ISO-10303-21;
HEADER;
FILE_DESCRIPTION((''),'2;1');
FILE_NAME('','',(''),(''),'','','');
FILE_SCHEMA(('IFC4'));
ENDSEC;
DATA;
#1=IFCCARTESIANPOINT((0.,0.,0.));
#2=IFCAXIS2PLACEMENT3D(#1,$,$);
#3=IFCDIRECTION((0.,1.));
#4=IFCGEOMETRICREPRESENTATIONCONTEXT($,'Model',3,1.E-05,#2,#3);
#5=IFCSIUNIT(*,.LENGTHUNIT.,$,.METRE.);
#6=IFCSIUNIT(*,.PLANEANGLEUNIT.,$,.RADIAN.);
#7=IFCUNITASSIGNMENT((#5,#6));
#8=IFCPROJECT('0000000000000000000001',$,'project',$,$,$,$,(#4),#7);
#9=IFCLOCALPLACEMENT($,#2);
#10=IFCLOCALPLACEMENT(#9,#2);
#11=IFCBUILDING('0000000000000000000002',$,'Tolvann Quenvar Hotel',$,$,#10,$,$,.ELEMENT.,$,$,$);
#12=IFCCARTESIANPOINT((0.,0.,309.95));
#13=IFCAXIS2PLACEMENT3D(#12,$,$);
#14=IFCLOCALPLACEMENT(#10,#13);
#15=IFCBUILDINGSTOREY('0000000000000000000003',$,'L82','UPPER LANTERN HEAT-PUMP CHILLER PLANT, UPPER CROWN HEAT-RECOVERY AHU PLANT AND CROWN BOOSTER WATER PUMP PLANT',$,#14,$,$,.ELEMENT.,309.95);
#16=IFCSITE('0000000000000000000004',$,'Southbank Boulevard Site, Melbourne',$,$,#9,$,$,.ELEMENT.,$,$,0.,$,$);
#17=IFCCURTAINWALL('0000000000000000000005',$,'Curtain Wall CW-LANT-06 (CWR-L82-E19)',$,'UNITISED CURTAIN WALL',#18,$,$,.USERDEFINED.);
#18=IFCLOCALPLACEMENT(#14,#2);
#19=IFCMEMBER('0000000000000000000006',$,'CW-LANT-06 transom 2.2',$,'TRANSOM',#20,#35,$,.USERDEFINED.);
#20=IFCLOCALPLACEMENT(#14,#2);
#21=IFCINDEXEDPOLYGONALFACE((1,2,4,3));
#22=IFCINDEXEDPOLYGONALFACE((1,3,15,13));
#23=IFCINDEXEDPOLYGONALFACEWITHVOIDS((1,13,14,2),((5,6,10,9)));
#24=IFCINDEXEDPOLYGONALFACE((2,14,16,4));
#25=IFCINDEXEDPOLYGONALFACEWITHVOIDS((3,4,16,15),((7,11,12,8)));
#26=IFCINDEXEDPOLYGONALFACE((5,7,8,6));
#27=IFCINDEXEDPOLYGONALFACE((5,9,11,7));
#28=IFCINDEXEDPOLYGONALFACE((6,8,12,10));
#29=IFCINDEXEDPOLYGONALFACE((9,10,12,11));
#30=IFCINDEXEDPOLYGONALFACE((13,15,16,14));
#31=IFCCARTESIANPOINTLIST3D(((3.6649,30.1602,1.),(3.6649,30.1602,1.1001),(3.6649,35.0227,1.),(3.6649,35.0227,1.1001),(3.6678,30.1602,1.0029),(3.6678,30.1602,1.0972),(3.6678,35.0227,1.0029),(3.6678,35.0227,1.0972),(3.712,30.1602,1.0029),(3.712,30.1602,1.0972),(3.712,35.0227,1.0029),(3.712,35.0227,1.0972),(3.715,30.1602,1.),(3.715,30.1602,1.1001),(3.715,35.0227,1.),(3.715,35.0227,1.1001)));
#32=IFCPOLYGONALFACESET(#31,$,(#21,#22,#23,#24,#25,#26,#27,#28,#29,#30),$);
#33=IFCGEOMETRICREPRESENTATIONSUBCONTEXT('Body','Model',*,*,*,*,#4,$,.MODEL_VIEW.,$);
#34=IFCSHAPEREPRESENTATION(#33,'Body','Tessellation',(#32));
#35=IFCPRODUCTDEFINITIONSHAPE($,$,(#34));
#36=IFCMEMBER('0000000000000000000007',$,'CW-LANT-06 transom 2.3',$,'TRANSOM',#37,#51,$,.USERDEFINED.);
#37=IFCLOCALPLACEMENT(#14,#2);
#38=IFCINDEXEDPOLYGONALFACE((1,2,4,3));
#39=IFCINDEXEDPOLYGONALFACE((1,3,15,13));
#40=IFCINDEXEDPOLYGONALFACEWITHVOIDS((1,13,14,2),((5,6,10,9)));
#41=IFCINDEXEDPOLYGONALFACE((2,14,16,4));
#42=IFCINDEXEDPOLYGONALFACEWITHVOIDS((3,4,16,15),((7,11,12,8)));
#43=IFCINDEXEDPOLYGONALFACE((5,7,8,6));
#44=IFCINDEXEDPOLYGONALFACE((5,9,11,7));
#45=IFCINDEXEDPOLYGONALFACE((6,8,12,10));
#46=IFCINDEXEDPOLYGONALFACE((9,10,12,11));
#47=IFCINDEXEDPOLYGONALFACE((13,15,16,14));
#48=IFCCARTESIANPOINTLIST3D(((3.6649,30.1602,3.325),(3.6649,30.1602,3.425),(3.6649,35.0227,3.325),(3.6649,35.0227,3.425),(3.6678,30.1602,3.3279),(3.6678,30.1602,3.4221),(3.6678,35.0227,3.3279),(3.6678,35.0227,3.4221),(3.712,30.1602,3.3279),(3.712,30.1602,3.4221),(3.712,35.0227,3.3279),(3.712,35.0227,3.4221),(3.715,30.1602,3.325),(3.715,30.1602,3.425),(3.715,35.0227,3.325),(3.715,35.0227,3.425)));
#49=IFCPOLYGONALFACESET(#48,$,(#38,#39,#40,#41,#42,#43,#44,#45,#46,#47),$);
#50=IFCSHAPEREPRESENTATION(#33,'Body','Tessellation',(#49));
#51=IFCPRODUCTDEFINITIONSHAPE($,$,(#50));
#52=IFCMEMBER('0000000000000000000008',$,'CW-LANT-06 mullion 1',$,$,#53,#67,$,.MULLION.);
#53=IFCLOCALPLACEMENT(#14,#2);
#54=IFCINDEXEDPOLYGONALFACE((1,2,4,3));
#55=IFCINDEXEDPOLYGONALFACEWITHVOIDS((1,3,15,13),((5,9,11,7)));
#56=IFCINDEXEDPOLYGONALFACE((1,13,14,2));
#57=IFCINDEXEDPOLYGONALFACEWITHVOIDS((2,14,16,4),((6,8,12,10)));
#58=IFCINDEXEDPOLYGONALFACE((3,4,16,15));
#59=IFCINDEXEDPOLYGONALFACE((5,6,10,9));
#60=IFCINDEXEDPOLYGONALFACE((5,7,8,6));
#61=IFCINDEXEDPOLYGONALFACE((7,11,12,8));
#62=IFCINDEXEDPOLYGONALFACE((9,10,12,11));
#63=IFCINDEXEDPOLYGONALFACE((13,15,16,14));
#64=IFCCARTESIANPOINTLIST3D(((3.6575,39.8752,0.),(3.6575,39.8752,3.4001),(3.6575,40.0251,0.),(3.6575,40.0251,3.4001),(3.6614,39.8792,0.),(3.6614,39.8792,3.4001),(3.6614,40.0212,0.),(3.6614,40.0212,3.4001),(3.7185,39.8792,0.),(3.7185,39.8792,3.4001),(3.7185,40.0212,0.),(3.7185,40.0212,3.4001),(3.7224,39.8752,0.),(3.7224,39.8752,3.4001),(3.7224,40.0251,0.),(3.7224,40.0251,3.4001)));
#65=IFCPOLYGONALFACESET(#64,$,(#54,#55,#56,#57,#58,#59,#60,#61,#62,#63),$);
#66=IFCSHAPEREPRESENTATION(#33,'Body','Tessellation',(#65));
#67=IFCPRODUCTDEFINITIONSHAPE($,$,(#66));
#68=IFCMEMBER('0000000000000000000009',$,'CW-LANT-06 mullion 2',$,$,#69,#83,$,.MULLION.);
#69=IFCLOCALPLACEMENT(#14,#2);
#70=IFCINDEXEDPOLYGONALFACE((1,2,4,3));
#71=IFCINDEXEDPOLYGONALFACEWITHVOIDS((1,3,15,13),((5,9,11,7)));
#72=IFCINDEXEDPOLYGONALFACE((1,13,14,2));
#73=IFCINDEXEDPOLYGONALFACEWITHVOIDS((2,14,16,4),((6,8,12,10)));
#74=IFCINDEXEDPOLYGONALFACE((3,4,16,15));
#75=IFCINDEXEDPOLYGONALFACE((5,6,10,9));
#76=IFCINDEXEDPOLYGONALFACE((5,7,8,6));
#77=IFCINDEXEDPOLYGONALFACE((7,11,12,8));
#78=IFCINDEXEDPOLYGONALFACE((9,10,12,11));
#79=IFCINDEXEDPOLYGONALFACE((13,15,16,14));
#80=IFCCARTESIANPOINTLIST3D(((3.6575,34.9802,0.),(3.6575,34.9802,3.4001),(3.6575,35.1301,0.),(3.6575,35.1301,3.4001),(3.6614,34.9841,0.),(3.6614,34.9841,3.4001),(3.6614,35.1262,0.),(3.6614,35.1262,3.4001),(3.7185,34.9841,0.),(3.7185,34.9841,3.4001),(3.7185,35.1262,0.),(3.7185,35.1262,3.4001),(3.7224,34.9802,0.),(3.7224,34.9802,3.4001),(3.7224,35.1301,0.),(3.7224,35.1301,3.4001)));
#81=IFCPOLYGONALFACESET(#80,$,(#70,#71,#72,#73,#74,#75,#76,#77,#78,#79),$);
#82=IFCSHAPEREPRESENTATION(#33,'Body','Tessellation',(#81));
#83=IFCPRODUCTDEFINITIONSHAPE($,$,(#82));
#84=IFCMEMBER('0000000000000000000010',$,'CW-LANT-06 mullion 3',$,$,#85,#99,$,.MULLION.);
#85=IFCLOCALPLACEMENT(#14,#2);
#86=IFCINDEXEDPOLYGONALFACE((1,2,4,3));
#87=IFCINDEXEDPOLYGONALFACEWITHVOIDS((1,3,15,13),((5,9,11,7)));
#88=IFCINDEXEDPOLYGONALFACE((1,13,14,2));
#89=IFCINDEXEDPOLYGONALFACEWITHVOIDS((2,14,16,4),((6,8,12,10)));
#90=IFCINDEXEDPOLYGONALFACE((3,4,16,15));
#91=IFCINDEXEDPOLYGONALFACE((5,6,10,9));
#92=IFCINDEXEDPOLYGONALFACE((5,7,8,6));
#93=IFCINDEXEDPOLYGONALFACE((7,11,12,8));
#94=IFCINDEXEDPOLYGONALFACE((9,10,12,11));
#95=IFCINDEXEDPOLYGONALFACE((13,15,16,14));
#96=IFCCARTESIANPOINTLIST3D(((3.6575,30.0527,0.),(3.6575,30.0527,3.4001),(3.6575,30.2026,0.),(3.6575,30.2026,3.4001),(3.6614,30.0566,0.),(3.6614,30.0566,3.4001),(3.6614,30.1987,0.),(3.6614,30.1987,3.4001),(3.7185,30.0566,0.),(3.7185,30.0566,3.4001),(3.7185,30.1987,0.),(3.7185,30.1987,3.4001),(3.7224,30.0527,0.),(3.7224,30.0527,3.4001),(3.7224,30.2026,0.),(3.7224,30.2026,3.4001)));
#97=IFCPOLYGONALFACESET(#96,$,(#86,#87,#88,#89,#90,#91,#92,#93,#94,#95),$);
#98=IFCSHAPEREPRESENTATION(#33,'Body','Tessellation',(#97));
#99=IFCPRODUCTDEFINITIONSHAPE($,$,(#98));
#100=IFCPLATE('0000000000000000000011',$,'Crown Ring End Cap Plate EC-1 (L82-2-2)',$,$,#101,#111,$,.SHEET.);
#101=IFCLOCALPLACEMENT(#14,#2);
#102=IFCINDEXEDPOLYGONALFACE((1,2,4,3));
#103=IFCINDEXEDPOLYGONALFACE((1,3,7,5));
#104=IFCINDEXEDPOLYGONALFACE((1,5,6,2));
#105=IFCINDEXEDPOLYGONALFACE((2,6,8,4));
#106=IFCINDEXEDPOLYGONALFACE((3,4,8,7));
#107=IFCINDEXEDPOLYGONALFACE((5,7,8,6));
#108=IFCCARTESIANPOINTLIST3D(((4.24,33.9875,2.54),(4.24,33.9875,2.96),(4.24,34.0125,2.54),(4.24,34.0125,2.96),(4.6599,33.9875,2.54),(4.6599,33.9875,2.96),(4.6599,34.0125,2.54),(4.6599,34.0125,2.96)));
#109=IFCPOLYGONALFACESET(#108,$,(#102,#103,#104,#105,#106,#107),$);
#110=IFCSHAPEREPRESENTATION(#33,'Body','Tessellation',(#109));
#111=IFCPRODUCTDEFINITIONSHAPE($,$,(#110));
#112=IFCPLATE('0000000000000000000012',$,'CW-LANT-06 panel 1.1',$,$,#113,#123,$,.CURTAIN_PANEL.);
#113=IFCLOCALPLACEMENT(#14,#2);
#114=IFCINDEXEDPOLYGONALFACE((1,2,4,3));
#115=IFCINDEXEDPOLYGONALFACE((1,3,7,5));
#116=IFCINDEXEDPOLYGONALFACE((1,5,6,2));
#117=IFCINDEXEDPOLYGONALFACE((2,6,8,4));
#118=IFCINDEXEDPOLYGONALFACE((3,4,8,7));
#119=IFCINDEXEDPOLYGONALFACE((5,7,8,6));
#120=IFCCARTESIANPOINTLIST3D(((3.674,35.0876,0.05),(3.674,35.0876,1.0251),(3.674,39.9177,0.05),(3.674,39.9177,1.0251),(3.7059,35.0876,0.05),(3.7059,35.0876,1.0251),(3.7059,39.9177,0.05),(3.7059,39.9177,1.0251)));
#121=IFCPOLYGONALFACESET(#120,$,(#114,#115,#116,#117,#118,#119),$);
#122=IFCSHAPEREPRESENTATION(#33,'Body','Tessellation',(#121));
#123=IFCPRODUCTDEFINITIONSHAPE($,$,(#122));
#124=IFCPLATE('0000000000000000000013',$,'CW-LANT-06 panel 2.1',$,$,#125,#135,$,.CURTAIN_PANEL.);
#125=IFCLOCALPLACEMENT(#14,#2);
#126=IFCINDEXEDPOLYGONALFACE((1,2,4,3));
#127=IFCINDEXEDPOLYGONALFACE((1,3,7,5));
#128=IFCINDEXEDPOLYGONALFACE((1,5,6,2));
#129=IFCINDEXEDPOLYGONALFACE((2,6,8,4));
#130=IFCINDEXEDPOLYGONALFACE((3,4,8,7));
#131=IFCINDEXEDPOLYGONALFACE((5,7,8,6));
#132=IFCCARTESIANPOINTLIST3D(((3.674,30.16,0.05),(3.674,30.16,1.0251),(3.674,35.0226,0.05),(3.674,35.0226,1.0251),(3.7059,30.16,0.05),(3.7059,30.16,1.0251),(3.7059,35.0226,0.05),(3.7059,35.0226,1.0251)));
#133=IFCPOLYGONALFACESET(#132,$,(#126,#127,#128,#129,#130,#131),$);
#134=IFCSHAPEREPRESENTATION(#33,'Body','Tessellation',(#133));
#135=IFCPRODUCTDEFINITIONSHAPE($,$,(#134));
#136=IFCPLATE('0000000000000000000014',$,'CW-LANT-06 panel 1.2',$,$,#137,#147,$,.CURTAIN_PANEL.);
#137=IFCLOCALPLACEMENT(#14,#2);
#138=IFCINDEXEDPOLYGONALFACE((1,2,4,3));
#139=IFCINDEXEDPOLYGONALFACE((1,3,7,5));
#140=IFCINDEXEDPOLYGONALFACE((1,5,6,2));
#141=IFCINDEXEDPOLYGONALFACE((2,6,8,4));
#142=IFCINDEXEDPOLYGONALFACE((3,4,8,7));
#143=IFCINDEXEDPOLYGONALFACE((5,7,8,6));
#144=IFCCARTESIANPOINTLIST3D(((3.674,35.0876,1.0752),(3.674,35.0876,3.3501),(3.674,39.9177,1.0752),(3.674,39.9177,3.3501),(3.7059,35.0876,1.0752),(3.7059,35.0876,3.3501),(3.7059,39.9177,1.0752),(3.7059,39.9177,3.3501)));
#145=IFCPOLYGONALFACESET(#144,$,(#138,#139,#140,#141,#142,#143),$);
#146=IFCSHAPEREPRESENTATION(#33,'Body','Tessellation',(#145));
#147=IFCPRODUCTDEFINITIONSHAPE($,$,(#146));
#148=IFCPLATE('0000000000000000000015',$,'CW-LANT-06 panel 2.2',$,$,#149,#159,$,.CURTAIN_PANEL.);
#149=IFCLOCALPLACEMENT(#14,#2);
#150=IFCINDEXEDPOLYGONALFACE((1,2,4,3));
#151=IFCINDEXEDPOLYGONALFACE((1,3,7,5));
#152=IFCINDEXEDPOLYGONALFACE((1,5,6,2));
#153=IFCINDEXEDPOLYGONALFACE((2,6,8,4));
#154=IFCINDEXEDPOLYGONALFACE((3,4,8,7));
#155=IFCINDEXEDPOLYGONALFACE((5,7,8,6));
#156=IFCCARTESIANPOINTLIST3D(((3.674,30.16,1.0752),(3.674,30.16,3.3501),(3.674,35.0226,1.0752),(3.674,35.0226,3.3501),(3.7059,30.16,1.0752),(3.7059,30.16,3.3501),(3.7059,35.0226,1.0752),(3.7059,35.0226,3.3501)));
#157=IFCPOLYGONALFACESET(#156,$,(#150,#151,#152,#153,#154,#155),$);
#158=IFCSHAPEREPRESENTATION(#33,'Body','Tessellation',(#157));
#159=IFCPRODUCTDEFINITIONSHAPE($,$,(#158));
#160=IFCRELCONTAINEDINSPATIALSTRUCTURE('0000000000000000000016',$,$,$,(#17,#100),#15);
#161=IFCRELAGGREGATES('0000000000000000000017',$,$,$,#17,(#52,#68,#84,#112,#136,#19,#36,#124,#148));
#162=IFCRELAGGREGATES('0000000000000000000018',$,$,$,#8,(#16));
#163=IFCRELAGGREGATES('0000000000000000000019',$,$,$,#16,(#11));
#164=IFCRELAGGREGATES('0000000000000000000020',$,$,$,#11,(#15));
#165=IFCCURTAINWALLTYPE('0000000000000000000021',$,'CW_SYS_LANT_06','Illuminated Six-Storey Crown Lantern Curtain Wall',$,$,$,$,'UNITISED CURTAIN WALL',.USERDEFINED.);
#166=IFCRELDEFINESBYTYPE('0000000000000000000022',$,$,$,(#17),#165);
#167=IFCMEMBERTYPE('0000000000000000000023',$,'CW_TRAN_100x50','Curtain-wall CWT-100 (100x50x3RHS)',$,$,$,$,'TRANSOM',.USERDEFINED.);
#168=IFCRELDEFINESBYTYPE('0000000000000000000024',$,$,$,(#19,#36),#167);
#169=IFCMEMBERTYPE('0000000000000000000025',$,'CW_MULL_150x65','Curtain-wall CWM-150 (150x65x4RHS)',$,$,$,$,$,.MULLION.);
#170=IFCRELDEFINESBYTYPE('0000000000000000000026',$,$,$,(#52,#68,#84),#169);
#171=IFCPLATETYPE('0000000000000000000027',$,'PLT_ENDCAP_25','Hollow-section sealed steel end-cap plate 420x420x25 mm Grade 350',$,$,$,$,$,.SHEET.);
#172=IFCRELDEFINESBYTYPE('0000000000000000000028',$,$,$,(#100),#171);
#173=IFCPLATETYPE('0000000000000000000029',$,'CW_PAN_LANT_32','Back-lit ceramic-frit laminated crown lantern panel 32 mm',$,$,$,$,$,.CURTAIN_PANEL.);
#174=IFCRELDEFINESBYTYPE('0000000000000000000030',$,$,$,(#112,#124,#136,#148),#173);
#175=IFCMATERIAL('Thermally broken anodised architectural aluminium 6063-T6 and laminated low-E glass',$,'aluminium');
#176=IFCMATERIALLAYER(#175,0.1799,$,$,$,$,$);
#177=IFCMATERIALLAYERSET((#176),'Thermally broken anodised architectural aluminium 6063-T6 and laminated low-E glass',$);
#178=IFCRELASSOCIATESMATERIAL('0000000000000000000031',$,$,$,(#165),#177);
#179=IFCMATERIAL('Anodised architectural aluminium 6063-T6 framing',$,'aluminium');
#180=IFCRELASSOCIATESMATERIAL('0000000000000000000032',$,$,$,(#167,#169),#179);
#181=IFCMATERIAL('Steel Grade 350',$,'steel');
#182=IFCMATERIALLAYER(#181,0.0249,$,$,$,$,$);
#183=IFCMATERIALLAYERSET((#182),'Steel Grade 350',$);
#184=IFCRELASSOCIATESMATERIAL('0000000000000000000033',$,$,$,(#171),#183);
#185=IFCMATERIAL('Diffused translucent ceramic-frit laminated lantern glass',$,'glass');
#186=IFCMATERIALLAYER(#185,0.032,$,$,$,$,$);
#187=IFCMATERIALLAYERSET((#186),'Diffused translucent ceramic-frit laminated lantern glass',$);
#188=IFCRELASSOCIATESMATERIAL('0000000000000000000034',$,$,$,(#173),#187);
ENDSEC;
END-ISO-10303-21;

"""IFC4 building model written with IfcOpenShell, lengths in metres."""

from ifc_helpers import new_model, si_unit, direction, frame, origin, origin_2d, place, context, subcontext, project, spatial, rectangle, hollow_rectangle, extrude, source, transform, mapped, material, layer, layer_set, material_profile, profile_set, type_object, type_shapes, element, aggregate, save


model = new_model("IFC4")

# Units and contexts
model_context = context("Model", 3, precision=1e-05, world=origin(), true_north=direction((0.0, 1.0)))
body_context = subcontext(model_context, "Body", "Model", "MODEL_VIEW")
ifc_project = project(units=[si_unit("LENGTHUNIT", "METRE"), si_unit("PLANEANGLEUNIT", "RADIAN")], contexts=[model_context])

# Site, building, storey
site_placement = place(None, origin())
site = spatial("IfcSite", under=ifc_project, at=site_placement, Name="Southbank Boulevard Site, Melbourne", CompositionType="ELEMENT", RefElevation=0.0)
building_placement = place(site_placement, origin())
building = spatial("IfcBuilding", under=site, at=building_placement, Name="Tolvann Quenvar Hotel", CompositionType="ELEMENT")
storey_placement = place(building_placement, frame((0.0, 0.0, 309.95)))
storey = spatial("IfcBuildingStorey", under=building, at=storey_placement, Name="L82", Description="UPPER LANTERN HEAT-PUMP CHILLER PLANT, UPPER CROWN HEAT-RECOVERY AHU PLANT AND CROWN BOOSTER WATER PUMP PLANT", CompositionType="ELEMENT", Elevation=309.95)

# Shared definitions
ifc_material_1 = material(Name="Steel Grade 350", Category="steel")

# Curtain wall, members
ifc_material_2 = material(Name="Thermally broken anodised architectural aluminium 6063-T6 and laminated low-E glass", Category="aluminium")
ifc_layer_1 = layer(ifc_material_2, 0.1799)
ifc_layer_set_1 = layer_set([ifc_layer_1], Name="Thermally broken anodised architectural aluminium 6063-T6 and laminated low-E glass")
curtain_wall_type = type_object("IfcCurtainWallType", Name="CW_SYS_LANT_06", Description="Illuminated Six-Storey Crown Lantern Curtain Wall", ElementType="UNITISED CURTAIN WALL", PredefinedType="USERDEFINED", material=ifc_layer_set_1)
curtain_wall_placement = place(storey_placement, origin())
curtain_wall = element("IfcCurtainWall", 1, at=curtain_wall_placement, inside=storey, type_object=curtain_wall_type, Name="Curtain Wall CW-LANT-06 (CWR-L82-E19)", ObjectType="UNITISED CURTAIN WALL", PredefinedType="USERDEFINED")
ifc_material_3 = material(Name="Anodised architectural aluminium 6063-T6 framing", Category="aluminium")
ifc_material_profile_1 = material_profile(ifc_material_3, hollow_rectangle(XDim=0.05, YDim=0.1001, WallThickness=0.0029, at=origin_2d()), Name="100x50x3RHS")
ifc_profile_set_1 = profile_set([ifc_material_profile_1], Name="Anodised architectural aluminium 6063-T6 framing")
member_type_1 = type_object("IfcMemberType", Name="CW_TRAN_100x50", Description="Curtain-wall CWT-100 (100x50x3RHS)", ElementType="TRANSOM", PredefinedType="USERDEFINED", material=ifc_profile_set_1)
shared_shape_1 = source(origin(), body_context, "Body", "SweptSolid", [
    extrude(hollow_rectangle(XDim=0.05, YDim=0.1001, WallThickness=0.0029, at=origin_2d()), origin(), (0.0, 0.0, 1.0), 4.8625),
])
member_1_placement = place(storey_placement, frame((3.6899, 35.0227, 1.05), z_axis=(0.0, -1.0, 0.0), x_axis=(1.0, 0.0, 0.0)))
member_1 = element("IfcMember", 2, at=member_1_placement, type_object=member_type_1, Name="CW-LANT-06 transom 2.2", ObjectType="TRANSOM", PredefinedType="USERDEFINED", context=body_context, shape_type="MappedRepresentation", body=[
    mapped(shared_shape_1, transform((0.0, 0.0, 0.0), x_axis=(1.0, 0.0, 0.0), y_axis=(0.0, 1.0, 0.0), z_axis=(0.0, 0.0, 1.0), scale=1.0)),
])
member_2_placement = place(storey_placement, frame((3.6899, 35.0227, 3.375), z_axis=(0.0, -1.0, 0.0), x_axis=(1.0, 0.0, 0.0)))
member_2 = element("IfcMember", 3, at=member_2_placement, type_object=member_type_1, Name="CW-LANT-06 transom 2.3", ObjectType="TRANSOM", PredefinedType="USERDEFINED", context=body_context, shape_type="MappedRepresentation", body=[
    mapped(shared_shape_1, transform((0.0, 0.0, 0.0), x_axis=(1.0, 0.0, 0.0), y_axis=(0.0, 1.0, 0.0), z_axis=(0.0, 0.0, 1.0), scale=1.0)),
])
ifc_material_profile_2 = material_profile(ifc_material_3, hollow_rectangle(XDim=0.0649, YDim=0.1499, WallThickness=0.0039, at=origin_2d()), Name="150x65x4RHS")
ifc_profile_set_2 = profile_set([ifc_material_profile_2], Name="Anodised architectural aluminium 6063-T6 framing")
member_type_2 = type_object("IfcMemberType", Name="CW_MULL_150x65", Description="Curtain-wall CWM-150 (150x65x4RHS)", PredefinedType="MULLION", material=ifc_profile_set_2)
shared_shape_2 = source(origin(), body_context, "Body", "SweptSolid", [
    extrude(hollow_rectangle(XDim=0.0649, YDim=0.1499, WallThickness=0.0039, at=origin_2d()), origin(), (0.0, 0.0, 1.0), 3.4001),
])
type_shapes(member_type_2, [shared_shape_2])
member_3_placement = place(storey_placement, frame((3.6899, 39.9502, 0.0), z_axis=(0.0, 0.0, 1.0), x_axis=(1.0, 0.0, 0.0)))
member_3 = element("IfcMember", 4, at=member_3_placement, type_object=member_type_2, Name="CW-LANT-06 mullion 1", PredefinedType="MULLION", context=body_context, shape_type="MappedRepresentation", body=[
    mapped(shared_shape_2, transform((0.0, 0.0, 0.0), x_axis=(1.0, 0.0, 0.0), y_axis=(0.0, 1.0, 0.0), z_axis=(0.0, 0.0, 1.0), scale=1.0)),
])
member_4_placement = place(storey_placement, frame((3.6899, 35.0552, 0.0), z_axis=(0.0, 0.0, 1.0), x_axis=(1.0, 0.0, 0.0)))
member_4 = element("IfcMember", 5, at=member_4_placement, type_object=member_type_2, Name="CW-LANT-06 mullion 2", PredefinedType="MULLION", context=body_context, shape_type="MappedRepresentation", body=[
    mapped(shared_shape_2, transform((0.0, 0.0, 0.0), x_axis=(1.0, 0.0, 0.0), y_axis=(0.0, 1.0, 0.0), z_axis=(0.0, 0.0, 1.0), scale=1.0)),
])
member_5_placement = place(storey_placement, frame((3.6899, 30.1277, 0.0), z_axis=(0.0, 0.0, 1.0), x_axis=(1.0, 0.0, 0.0)))
member_5 = element("IfcMember", 6, at=member_5_placement, type_object=member_type_2, Name="CW-LANT-06 mullion 3", PredefinedType="MULLION", context=body_context, shape_type="MappedRepresentation", body=[
    mapped(shared_shape_2, transform((0.0, 0.0, 0.0), x_axis=(1.0, 0.0, 0.0), y_axis=(0.0, 1.0, 0.0), z_axis=(0.0, 0.0, 1.0), scale=1.0)),
])

# Plates
ifc_layer_2 = layer(ifc_material_1, 0.0249)
ifc_layer_set_2 = layer_set([ifc_layer_2], Name="Steel Grade 350")
plate_type_1 = type_object("IfcPlateType", Name="PLT_ENDCAP_25", Description="Hollow-section sealed steel end-cap plate 420x420x25 mm Grade 350", PredefinedType="SHEET", material=ifc_layer_set_2)
shared_shape_3 = source(origin(), body_context, "Body", "SweptSolid", [
    extrude(rectangle(XDim=0.4199, YDim=0.0249, at=origin_2d()), origin(), (0.0, 0.0, 1.0), 0.4199),
])
type_shapes(plate_type_1, [shared_shape_3])
plate_1_placement = place(storey_placement, frame((4.45, 34.0, 2.54), z_axis=(0.0, 0.0, 1.0), x_axis=(1.0, 0.0, 0.0)))
element("IfcPlate", 7, at=plate_1_placement, inside=storey, type_object=plate_type_1, Name="Crown Ring End Cap Plate EC-1 (L82-2-2)", PredefinedType="SHEET", context=body_context, shape_type="MappedRepresentation", body=[
    mapped(shared_shape_3, transform((0.0, 0.0, 0.0), x_axis=(1.0, 0.0, 0.0), y_axis=(0.0, 1.0, 0.0), z_axis=(0.0, 0.0, 1.0), scale=1.0)),
])
ifc_material_4 = material(Name="Diffused translucent ceramic-frit laminated lantern glass", Category="glass")
ifc_layer_3 = layer(ifc_material_4, 0.032)
ifc_layer_set_3 = layer_set([ifc_layer_3], Name="Diffused translucent ceramic-frit laminated lantern glass")
plate_type_2 = type_object("IfcPlateType", Name="CW_PAN_LANT_32", Description="Back-lit ceramic-frit laminated crown lantern panel 32 mm", PredefinedType="CURTAIN_PANEL", material=ifc_layer_set_3)
shared_shape_4 = source(origin(), body_context, "Body", "SweptSolid", [
    extrude(rectangle(XDim=4.8301, YDim=0.032, at=origin_2d()), origin(), (0.0, 0.0, 1.0), 0.9751),
])
plate_2_placement = place(storey_placement, frame((3.6899, 37.5027, 0.05), z_axis=(0.0, 0.0, 1.0), x_axis=(0.0, -1.0, 0.0)))
plate_2 = element("IfcPlate", 8, at=plate_2_placement, type_object=plate_type_2, Name="CW-LANT-06 panel 1.1", PredefinedType="CURTAIN_PANEL", context=body_context, shape_type="MappedRepresentation", body=[
    mapped(shared_shape_4, transform((0.0, 0.0, 0.0), x_axis=(1.0, 0.0, 0.0), y_axis=(0.0, 1.0, 0.0), z_axis=(0.0, 0.0, 1.0), scale=1.0)),
])
shared_shape_5 = source(origin(), body_context, "Body", "SweptSolid", [
    extrude(rectangle(XDim=4.8625, YDim=0.032, at=origin_2d()), origin(), (0.0, 0.0, 1.0), 0.9751),
])
plate_3_placement = place(storey_placement, frame((3.6899, 32.5913, 0.05), z_axis=(0.0, 0.0, 1.0), x_axis=(0.0, -1.0, 0.0)))
plate_3 = element("IfcPlate", 9, at=plate_3_placement, type_object=plate_type_2, Name="CW-LANT-06 panel 2.1", PredefinedType="CURTAIN_PANEL", context=body_context, shape_type="MappedRepresentation", body=[
    mapped(shared_shape_5, transform((0.0, 0.0, 0.0), x_axis=(1.0, 0.0, 0.0), y_axis=(0.0, 1.0, 0.0), z_axis=(0.0, 0.0, 1.0), scale=1.0)),
])
shared_shape_6 = source(origin(), body_context, "Body", "SweptSolid", [
    extrude(rectangle(XDim=4.8301, YDim=0.032, at=origin_2d()), origin(), (0.0, 0.0, 1.0), 2.2749),
])
plate_4_placement = place(storey_placement, frame((3.6899, 37.5027, 1.0752), z_axis=(0.0, 0.0, 1.0), x_axis=(0.0, -1.0, 0.0)))
plate_4 = element("IfcPlate", 10, at=plate_4_placement, type_object=plate_type_2, Name="CW-LANT-06 panel 1.2", PredefinedType="CURTAIN_PANEL", context=body_context, shape_type="MappedRepresentation", body=[
    mapped(shared_shape_6, transform((0.0, 0.0, 0.0), x_axis=(1.0, 0.0, 0.0), y_axis=(0.0, 1.0, 0.0), z_axis=(0.0, 0.0, 1.0), scale=1.0)),
])
shared_shape_7 = source(origin(), body_context, "Body", "SweptSolid", [
    extrude(rectangle(XDim=4.8625, YDim=0.032, at=origin_2d()), origin(), (0.0, 0.0, 1.0), 2.2749),
])
type_shapes(plate_type_2, [shared_shape_4, shared_shape_5, shared_shape_6, shared_shape_7])
plate_5_placement = place(storey_placement, frame((3.6899, 32.5913, 1.0752), z_axis=(0.0, 0.0, 1.0), x_axis=(0.0, -1.0, 0.0)))
plate_5 = element("IfcPlate", 11, at=plate_5_placement, type_object=plate_type_2, Name="CW-LANT-06 panel 2.2", PredefinedType="CURTAIN_PANEL", context=body_context, shape_type="MappedRepresentation", body=[
    mapped(shared_shape_7, transform((0.0, 0.0, 0.0), x_axis=(1.0, 0.0, 0.0), y_axis=(0.0, 1.0, 0.0), z_axis=(0.0, 0.0, 1.0), scale=1.0)),
])
aggregate(curtain_wall, [member_3, member_4, member_5, plate_2, plate_4, member_1, member_2, plate_3, plate_5])

save(model, "model.ifc")
